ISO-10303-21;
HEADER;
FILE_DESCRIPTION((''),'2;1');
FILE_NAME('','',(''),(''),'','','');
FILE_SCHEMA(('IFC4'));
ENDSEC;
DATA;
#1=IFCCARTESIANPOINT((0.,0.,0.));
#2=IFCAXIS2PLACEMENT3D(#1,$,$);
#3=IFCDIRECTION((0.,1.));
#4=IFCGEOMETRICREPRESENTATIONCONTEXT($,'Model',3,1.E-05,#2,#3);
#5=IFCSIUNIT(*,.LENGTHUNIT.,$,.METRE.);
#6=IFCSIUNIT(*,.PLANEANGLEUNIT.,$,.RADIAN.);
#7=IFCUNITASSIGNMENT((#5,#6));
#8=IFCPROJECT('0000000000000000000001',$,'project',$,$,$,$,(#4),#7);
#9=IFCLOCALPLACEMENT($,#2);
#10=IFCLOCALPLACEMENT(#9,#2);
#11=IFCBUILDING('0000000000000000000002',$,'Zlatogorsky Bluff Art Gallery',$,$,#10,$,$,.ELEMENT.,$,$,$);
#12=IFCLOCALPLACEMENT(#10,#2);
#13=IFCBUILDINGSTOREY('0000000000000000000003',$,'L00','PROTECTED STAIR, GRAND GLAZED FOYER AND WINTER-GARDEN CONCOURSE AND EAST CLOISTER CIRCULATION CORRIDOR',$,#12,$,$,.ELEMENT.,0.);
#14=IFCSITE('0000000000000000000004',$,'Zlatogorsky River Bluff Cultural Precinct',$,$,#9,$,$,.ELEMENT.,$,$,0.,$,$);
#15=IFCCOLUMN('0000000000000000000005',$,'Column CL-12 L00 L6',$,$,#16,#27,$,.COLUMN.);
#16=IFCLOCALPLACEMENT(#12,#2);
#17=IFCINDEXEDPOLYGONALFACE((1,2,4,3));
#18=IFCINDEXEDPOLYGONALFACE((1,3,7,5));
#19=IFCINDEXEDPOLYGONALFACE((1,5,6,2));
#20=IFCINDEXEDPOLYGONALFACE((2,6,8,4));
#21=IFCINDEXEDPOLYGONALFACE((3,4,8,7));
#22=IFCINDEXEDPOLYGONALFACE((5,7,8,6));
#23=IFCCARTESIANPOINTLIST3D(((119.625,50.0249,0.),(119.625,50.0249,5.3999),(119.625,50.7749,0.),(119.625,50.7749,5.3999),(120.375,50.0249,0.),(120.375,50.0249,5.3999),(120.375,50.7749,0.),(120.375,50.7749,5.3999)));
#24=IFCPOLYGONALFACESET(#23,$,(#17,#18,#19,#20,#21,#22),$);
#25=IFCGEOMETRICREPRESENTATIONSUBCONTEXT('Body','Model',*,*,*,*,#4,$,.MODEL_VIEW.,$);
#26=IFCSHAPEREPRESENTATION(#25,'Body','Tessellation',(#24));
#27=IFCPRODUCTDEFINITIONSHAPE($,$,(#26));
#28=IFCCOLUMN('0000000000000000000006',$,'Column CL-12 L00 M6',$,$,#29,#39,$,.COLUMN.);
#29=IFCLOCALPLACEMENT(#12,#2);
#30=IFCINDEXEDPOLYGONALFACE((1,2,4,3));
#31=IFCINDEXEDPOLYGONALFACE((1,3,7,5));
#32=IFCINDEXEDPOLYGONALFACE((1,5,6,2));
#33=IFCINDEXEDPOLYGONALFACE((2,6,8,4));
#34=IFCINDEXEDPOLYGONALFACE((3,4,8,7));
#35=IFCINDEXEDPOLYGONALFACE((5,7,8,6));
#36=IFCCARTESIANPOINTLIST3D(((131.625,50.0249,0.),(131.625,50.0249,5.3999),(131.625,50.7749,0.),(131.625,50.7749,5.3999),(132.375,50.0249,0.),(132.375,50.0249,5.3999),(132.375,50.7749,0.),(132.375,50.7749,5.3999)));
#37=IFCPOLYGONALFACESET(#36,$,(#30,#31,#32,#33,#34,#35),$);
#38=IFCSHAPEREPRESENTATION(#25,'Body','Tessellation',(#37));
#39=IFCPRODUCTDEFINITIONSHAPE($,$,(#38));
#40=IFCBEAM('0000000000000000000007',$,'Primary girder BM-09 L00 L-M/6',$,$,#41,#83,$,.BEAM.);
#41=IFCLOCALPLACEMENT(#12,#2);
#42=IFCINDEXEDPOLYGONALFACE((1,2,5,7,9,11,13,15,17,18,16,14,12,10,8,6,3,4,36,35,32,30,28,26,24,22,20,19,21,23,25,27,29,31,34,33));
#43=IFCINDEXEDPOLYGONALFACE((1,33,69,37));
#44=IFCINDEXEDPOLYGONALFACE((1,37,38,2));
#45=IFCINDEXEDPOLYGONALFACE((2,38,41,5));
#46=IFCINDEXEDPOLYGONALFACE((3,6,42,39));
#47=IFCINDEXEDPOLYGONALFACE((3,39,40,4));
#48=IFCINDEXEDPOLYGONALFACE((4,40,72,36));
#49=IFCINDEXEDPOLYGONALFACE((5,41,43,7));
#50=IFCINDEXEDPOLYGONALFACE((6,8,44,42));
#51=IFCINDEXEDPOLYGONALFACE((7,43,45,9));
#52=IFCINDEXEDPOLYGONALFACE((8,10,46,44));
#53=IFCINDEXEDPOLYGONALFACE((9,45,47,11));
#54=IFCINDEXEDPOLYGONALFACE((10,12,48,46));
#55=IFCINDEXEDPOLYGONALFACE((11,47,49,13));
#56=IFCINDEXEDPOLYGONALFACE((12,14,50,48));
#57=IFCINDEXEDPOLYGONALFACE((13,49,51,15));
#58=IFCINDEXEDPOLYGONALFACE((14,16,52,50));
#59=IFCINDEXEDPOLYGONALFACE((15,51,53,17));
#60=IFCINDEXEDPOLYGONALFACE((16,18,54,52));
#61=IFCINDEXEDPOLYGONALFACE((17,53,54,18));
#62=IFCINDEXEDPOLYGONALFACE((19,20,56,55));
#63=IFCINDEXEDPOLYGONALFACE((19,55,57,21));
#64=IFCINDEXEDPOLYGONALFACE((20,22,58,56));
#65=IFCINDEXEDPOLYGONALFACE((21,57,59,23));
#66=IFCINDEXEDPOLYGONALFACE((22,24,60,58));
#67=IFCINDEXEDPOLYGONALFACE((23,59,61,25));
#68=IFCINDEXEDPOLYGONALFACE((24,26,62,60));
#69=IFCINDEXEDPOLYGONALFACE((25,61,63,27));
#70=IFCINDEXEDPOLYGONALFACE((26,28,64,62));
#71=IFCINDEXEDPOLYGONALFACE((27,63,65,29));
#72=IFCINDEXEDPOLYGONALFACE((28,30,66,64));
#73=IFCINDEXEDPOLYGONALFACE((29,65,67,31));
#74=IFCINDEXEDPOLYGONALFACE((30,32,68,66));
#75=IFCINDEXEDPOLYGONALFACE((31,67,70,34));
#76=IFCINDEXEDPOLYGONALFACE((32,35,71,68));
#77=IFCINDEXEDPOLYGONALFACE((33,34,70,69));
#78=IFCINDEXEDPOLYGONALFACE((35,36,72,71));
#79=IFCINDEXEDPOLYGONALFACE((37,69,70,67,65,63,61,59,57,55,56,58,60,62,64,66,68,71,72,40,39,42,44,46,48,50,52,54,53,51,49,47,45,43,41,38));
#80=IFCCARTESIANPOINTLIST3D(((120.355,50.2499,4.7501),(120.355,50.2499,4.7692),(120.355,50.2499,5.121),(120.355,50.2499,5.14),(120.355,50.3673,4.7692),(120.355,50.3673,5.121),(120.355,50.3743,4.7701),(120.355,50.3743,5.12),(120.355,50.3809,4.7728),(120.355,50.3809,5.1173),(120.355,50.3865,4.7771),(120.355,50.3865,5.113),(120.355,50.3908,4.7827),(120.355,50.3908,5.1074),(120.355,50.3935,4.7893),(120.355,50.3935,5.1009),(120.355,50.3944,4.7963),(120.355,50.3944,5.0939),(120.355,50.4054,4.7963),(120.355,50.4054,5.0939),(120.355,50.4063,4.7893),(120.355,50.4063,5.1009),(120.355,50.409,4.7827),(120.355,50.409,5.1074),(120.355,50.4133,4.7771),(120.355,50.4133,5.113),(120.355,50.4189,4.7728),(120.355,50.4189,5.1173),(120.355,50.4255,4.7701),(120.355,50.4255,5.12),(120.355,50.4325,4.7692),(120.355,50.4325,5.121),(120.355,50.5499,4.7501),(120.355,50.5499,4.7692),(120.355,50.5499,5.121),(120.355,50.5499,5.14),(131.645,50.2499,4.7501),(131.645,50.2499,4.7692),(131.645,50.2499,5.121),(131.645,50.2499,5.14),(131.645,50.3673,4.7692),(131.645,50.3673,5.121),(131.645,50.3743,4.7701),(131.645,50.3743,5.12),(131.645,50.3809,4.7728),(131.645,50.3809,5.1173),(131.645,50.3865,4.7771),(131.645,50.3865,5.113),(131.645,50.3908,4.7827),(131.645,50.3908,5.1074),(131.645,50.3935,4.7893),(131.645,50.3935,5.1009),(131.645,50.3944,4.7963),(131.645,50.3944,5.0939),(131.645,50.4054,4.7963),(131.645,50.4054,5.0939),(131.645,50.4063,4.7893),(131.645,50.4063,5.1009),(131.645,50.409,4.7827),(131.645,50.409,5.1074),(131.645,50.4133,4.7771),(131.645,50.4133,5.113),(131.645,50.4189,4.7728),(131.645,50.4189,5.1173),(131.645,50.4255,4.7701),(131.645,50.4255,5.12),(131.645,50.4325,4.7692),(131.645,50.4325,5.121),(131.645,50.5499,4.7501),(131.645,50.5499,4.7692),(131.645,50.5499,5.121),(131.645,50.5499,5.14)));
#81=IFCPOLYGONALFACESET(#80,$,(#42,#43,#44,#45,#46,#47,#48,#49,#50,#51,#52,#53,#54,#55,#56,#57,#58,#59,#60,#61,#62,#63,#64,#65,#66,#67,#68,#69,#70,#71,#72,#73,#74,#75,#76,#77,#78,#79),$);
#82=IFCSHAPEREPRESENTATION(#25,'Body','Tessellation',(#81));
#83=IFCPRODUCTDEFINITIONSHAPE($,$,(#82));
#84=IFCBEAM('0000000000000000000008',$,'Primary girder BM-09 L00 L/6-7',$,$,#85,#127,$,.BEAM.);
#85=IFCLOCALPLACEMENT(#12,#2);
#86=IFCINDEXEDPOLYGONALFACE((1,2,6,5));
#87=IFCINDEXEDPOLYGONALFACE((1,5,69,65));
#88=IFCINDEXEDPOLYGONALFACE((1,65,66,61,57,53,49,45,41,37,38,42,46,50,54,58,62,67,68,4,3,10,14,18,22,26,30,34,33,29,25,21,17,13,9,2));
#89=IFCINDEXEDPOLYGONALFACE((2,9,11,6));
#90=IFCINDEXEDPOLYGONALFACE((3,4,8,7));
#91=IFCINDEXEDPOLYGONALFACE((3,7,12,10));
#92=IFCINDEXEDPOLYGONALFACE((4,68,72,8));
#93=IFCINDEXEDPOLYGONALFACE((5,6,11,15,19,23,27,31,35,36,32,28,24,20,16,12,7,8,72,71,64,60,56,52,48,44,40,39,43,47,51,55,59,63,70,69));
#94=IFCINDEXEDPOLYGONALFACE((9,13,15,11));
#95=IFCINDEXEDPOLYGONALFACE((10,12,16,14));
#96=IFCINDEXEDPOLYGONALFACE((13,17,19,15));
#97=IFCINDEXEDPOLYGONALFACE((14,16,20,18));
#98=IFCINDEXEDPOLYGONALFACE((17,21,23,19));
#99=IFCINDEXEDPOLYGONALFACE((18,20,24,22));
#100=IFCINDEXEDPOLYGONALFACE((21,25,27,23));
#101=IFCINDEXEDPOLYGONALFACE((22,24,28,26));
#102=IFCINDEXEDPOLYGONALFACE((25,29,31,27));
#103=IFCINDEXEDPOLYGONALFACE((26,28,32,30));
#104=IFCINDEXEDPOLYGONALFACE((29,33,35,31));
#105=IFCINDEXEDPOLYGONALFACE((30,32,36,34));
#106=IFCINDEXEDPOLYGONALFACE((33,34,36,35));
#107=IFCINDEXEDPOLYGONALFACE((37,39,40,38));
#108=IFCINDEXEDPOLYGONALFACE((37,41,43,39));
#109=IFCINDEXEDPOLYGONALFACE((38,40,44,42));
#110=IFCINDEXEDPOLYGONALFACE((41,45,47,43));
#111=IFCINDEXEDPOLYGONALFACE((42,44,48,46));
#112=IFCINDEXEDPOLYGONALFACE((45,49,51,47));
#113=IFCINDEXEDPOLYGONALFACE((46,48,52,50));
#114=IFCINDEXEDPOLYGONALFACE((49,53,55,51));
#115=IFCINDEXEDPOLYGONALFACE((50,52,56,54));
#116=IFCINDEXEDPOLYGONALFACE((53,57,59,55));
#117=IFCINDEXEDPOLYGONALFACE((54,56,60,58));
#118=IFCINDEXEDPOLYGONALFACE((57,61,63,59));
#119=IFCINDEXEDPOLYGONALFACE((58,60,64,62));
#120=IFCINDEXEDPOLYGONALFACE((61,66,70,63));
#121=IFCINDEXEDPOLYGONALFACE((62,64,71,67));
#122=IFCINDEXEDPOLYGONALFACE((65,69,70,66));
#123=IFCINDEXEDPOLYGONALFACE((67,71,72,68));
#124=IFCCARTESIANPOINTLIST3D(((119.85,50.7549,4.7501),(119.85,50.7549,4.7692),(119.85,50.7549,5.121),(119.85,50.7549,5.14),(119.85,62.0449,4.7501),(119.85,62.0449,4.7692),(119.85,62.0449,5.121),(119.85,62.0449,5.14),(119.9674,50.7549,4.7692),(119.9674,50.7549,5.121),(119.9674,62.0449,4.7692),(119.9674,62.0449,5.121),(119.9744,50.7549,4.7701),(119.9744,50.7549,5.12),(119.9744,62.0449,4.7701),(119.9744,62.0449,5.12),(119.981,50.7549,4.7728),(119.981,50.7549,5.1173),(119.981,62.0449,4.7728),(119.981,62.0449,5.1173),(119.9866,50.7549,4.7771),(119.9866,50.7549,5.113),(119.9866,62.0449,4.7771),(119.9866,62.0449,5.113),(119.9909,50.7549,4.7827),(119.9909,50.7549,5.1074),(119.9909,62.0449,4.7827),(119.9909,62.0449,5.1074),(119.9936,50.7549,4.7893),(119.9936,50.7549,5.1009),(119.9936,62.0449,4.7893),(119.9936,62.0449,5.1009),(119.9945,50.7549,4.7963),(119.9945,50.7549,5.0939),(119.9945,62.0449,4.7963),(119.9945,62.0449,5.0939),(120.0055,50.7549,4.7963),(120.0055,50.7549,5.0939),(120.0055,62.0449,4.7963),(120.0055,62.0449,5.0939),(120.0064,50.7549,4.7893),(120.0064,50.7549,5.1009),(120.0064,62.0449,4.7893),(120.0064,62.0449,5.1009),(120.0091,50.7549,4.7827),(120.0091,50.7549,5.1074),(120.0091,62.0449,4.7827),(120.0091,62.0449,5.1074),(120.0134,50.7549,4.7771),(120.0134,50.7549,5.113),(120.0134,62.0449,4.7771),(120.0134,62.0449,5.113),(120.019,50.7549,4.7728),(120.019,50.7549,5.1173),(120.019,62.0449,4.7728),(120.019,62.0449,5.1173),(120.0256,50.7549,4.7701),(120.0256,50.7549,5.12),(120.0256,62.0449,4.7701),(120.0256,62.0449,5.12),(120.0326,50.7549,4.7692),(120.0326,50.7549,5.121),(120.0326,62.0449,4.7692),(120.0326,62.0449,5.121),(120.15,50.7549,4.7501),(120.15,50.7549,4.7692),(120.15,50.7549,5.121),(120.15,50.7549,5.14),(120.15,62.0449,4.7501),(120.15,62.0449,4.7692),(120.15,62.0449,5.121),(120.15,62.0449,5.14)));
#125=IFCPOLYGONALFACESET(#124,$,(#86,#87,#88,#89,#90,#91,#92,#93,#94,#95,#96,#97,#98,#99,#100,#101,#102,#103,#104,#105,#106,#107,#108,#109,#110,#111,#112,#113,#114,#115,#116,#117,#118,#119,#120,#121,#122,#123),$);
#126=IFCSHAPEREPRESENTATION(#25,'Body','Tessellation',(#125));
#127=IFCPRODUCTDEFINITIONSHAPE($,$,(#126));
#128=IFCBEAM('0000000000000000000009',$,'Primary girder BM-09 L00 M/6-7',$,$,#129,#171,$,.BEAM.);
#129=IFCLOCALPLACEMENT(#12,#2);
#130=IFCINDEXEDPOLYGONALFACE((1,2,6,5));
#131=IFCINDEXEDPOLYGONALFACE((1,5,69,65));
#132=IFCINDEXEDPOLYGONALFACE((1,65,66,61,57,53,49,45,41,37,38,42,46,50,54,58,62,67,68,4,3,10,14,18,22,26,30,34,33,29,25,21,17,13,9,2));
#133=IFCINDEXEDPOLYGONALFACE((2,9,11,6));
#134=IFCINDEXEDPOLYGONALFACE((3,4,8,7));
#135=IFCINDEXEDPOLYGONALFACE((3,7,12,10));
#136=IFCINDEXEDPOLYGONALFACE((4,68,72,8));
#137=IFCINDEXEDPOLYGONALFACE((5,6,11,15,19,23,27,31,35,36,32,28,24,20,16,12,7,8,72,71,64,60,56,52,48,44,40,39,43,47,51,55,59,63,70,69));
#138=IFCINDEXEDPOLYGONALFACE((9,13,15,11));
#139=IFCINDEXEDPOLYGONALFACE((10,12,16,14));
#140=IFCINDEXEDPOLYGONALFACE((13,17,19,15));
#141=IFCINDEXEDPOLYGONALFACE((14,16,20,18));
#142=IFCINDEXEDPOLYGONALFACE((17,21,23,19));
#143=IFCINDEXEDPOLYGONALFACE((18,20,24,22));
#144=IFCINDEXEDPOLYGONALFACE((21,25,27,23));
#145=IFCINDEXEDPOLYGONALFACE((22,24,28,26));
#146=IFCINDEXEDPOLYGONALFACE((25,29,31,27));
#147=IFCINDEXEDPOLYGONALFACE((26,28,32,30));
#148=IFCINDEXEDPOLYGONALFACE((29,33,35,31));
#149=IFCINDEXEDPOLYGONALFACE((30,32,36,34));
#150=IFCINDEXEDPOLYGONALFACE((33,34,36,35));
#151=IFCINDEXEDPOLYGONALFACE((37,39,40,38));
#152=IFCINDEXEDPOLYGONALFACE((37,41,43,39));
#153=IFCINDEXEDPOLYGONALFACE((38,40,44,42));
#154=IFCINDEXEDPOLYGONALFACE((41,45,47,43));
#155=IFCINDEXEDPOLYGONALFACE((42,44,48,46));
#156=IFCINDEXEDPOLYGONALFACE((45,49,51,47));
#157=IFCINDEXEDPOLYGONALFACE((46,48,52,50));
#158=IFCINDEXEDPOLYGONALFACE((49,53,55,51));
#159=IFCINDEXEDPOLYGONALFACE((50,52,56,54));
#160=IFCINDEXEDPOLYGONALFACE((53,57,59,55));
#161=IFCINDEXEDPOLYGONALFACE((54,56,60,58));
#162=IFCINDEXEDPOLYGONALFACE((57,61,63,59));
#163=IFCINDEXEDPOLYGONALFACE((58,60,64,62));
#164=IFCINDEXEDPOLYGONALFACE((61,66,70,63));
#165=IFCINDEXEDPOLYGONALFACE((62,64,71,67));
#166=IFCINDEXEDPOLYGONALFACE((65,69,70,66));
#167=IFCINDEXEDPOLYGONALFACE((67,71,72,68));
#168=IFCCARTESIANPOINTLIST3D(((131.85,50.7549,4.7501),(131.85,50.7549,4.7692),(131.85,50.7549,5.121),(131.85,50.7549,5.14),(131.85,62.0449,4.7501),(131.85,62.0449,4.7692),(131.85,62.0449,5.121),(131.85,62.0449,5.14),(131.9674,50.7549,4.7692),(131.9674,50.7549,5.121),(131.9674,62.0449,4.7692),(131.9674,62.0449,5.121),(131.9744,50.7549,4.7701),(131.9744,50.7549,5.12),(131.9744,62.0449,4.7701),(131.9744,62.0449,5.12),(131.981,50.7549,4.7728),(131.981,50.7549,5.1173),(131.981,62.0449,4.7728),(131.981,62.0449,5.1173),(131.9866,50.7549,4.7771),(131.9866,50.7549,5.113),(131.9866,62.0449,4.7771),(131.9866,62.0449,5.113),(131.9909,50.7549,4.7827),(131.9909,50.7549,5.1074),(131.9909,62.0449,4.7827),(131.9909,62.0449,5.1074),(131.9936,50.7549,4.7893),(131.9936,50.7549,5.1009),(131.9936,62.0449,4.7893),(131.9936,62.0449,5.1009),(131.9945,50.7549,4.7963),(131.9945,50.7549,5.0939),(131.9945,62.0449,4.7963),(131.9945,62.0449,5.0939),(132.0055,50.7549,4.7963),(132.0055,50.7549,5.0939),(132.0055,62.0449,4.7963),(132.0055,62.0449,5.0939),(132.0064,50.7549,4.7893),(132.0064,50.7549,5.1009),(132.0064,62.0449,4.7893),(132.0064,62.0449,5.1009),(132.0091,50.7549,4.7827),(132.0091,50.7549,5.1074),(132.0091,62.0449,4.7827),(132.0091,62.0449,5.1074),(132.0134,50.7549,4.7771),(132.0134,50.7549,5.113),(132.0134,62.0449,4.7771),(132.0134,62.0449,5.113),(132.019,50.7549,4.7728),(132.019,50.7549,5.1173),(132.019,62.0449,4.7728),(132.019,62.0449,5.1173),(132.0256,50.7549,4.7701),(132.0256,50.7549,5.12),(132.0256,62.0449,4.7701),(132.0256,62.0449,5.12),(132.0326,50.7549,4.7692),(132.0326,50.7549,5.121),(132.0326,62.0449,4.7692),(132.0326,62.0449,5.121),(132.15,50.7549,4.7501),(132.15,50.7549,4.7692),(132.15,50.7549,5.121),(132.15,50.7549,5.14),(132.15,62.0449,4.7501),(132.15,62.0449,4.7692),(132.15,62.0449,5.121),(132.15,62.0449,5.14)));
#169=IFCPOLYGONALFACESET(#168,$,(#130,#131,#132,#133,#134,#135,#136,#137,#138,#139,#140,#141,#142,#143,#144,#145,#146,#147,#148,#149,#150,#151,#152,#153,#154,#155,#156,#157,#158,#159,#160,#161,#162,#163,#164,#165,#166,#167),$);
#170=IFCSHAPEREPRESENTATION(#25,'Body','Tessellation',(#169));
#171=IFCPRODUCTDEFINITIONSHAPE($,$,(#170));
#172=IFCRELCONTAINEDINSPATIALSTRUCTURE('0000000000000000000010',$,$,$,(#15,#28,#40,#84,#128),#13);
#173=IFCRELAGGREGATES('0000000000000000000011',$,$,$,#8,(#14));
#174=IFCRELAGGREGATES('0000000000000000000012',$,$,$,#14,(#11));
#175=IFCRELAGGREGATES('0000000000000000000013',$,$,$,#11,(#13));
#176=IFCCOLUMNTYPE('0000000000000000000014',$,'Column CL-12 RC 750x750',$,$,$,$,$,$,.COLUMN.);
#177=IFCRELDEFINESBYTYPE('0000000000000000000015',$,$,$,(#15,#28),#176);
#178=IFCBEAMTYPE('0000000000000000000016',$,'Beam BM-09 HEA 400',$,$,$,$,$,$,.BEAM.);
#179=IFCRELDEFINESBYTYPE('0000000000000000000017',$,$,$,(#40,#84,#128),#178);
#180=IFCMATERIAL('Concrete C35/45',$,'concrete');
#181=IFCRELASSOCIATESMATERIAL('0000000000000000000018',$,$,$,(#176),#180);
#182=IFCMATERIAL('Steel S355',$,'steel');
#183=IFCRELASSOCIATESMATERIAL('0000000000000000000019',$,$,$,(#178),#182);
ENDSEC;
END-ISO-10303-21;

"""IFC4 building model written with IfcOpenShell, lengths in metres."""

from ifc_helpers import new_model, si_unit, direction, frame, origin, origin_2d, place, context, subcontext, project, spatial, rectangle, i_section, extrude, material, material_profile, profile_set, type_object, element, save


model = new_model("IFC4")

# Units and contexts
model_context = context("Model", 3, precision=1e-05, world=origin(), true_north=direction((0.0, 1.0)))
body_context = subcontext(model_context, "Body", "Model", "MODEL_VIEW")
ifc_project = project(units=[si_unit("LENGTHUNIT", "METRE"), si_unit("PLANEANGLEUNIT", "RADIAN")], contexts=[model_context])

# Site, building, storey
site_placement = place(None, origin())
site = spatial("IfcSite", under=ifc_project, at=site_placement, Name="Zlatogorsky River Bluff Cultural Precinct", CompositionType="ELEMENT", RefElevation=0.0)
building_placement = place(site_placement, origin())
building = spatial("IfcBuilding", under=site, at=building_placement, Name="Zlatogorsky Bluff Art Gallery", CompositionType="ELEMENT")
storey_placement = place(building_placement, origin())
storey = spatial("IfcBuildingStorey", under=building, at=storey_placement, Name="L00", Description="PROTECTED STAIR, GRAND GLAZED FOYER AND WINTER-GARDEN CONCOURSE AND EAST CLOISTER CIRCULATION CORRIDOR", CompositionType="ELEMENT", Elevation=0.0)

# Columns
ifc_material_1 = material(Name="Concrete C35/45", Category="concrete")
ifc_material_profile_1 = material_profile(ifc_material_1, rectangle(XDim=0.75, YDim=0.75, at=origin_2d()), Name="RC 750x750")
ifc_profile_set_1 = profile_set([ifc_material_profile_1], Name="Concrete C35/45")
column_type = type_object("IfcColumnType", Name="Column CL-12 RC 750x750", PredefinedType="COLUMN", material=ifc_profile_set_1)
for number, where, z_axis, x_axis, name in (
    (1, (120.0, 50.3999, 0.0), (0.0, 0.0, 1.0), (1.0, 0.0, 0.0), "Column CL-12 L00 L6"),
    (2, (132.0, 50.3999, 0.0), (0.0, 0.0, 1.0), (1.0, 0.0, 0.0), "Column CL-12 L00 M6"),
):
    element("IfcColumn", number, at=place(storey_placement, frame(where, z_axis=z_axis, x_axis=x_axis)), inside=storey, type_object=column_type, Name=name, PredefinedType="COLUMN", context=body_context, shape_type="SweptSolid", body=[
        extrude(rectangle(XDim=0.75, YDim=0.75, at=origin_2d()), origin(), (0.0, 0.0, 1.0), 5.3999),
    ])

# Beams
ifc_material_2 = material(Name="Steel S355", Category="steel")
ifc_material_profile_2 = material_profile(ifc_material_2, i_section(OverallWidth=0.3, OverallDepth=0.3899, WebThickness=0.011, FlangeThickness=0.019, FilletRadius=0.0271, at=origin_2d()), Name="HEA 400")
ifc_profile_set_2 = profile_set([ifc_material_profile_2], Name="Steel S355")
beam_type_1 = type_object("IfcBeamType", Name="Beam BM-09 HEA 400", PredefinedType="BEAM", material=ifc_profile_set_2)
for number, where, z_axis, x_axis, name in (
    (3, (120.355, 50.3999, 4.9451), (1.0, 0.0, 0.0), (0.0, 1.0, 0.0), "Primary girder BM-09 L00 L-M/6"),
    (4, (120.0, 50.7549, 4.9451), (0.0, 1.0, 0.0), (-1.0, 0.0, 0.0), "Primary girder BM-09 L00 L/6-7"),
    (5, (132.0, 50.7549, 4.9451), (0.0, 1.0, 0.0), (-1.0, 0.0, 0.0), "Primary girder BM-09 L00 M/6-7"),
):
    element("IfcBeam", number, at=place(storey_placement, frame(where, z_axis=z_axis, x_axis=x_axis)), inside=storey, type_object=beam_type_1, Name=name, PredefinedType="BEAM", context=body_context, shape_type="SweptSolid", body=[
        extrude(i_section(OverallWidth=0.3, OverallDepth=0.3899, WebThickness=0.011, FlangeThickness=0.019, FilletRadius=0.0271, at=origin_2d()), origin(), (0.0, 0.0, 1.0), 11.29),
    ])

save(model, "model.ifc")
